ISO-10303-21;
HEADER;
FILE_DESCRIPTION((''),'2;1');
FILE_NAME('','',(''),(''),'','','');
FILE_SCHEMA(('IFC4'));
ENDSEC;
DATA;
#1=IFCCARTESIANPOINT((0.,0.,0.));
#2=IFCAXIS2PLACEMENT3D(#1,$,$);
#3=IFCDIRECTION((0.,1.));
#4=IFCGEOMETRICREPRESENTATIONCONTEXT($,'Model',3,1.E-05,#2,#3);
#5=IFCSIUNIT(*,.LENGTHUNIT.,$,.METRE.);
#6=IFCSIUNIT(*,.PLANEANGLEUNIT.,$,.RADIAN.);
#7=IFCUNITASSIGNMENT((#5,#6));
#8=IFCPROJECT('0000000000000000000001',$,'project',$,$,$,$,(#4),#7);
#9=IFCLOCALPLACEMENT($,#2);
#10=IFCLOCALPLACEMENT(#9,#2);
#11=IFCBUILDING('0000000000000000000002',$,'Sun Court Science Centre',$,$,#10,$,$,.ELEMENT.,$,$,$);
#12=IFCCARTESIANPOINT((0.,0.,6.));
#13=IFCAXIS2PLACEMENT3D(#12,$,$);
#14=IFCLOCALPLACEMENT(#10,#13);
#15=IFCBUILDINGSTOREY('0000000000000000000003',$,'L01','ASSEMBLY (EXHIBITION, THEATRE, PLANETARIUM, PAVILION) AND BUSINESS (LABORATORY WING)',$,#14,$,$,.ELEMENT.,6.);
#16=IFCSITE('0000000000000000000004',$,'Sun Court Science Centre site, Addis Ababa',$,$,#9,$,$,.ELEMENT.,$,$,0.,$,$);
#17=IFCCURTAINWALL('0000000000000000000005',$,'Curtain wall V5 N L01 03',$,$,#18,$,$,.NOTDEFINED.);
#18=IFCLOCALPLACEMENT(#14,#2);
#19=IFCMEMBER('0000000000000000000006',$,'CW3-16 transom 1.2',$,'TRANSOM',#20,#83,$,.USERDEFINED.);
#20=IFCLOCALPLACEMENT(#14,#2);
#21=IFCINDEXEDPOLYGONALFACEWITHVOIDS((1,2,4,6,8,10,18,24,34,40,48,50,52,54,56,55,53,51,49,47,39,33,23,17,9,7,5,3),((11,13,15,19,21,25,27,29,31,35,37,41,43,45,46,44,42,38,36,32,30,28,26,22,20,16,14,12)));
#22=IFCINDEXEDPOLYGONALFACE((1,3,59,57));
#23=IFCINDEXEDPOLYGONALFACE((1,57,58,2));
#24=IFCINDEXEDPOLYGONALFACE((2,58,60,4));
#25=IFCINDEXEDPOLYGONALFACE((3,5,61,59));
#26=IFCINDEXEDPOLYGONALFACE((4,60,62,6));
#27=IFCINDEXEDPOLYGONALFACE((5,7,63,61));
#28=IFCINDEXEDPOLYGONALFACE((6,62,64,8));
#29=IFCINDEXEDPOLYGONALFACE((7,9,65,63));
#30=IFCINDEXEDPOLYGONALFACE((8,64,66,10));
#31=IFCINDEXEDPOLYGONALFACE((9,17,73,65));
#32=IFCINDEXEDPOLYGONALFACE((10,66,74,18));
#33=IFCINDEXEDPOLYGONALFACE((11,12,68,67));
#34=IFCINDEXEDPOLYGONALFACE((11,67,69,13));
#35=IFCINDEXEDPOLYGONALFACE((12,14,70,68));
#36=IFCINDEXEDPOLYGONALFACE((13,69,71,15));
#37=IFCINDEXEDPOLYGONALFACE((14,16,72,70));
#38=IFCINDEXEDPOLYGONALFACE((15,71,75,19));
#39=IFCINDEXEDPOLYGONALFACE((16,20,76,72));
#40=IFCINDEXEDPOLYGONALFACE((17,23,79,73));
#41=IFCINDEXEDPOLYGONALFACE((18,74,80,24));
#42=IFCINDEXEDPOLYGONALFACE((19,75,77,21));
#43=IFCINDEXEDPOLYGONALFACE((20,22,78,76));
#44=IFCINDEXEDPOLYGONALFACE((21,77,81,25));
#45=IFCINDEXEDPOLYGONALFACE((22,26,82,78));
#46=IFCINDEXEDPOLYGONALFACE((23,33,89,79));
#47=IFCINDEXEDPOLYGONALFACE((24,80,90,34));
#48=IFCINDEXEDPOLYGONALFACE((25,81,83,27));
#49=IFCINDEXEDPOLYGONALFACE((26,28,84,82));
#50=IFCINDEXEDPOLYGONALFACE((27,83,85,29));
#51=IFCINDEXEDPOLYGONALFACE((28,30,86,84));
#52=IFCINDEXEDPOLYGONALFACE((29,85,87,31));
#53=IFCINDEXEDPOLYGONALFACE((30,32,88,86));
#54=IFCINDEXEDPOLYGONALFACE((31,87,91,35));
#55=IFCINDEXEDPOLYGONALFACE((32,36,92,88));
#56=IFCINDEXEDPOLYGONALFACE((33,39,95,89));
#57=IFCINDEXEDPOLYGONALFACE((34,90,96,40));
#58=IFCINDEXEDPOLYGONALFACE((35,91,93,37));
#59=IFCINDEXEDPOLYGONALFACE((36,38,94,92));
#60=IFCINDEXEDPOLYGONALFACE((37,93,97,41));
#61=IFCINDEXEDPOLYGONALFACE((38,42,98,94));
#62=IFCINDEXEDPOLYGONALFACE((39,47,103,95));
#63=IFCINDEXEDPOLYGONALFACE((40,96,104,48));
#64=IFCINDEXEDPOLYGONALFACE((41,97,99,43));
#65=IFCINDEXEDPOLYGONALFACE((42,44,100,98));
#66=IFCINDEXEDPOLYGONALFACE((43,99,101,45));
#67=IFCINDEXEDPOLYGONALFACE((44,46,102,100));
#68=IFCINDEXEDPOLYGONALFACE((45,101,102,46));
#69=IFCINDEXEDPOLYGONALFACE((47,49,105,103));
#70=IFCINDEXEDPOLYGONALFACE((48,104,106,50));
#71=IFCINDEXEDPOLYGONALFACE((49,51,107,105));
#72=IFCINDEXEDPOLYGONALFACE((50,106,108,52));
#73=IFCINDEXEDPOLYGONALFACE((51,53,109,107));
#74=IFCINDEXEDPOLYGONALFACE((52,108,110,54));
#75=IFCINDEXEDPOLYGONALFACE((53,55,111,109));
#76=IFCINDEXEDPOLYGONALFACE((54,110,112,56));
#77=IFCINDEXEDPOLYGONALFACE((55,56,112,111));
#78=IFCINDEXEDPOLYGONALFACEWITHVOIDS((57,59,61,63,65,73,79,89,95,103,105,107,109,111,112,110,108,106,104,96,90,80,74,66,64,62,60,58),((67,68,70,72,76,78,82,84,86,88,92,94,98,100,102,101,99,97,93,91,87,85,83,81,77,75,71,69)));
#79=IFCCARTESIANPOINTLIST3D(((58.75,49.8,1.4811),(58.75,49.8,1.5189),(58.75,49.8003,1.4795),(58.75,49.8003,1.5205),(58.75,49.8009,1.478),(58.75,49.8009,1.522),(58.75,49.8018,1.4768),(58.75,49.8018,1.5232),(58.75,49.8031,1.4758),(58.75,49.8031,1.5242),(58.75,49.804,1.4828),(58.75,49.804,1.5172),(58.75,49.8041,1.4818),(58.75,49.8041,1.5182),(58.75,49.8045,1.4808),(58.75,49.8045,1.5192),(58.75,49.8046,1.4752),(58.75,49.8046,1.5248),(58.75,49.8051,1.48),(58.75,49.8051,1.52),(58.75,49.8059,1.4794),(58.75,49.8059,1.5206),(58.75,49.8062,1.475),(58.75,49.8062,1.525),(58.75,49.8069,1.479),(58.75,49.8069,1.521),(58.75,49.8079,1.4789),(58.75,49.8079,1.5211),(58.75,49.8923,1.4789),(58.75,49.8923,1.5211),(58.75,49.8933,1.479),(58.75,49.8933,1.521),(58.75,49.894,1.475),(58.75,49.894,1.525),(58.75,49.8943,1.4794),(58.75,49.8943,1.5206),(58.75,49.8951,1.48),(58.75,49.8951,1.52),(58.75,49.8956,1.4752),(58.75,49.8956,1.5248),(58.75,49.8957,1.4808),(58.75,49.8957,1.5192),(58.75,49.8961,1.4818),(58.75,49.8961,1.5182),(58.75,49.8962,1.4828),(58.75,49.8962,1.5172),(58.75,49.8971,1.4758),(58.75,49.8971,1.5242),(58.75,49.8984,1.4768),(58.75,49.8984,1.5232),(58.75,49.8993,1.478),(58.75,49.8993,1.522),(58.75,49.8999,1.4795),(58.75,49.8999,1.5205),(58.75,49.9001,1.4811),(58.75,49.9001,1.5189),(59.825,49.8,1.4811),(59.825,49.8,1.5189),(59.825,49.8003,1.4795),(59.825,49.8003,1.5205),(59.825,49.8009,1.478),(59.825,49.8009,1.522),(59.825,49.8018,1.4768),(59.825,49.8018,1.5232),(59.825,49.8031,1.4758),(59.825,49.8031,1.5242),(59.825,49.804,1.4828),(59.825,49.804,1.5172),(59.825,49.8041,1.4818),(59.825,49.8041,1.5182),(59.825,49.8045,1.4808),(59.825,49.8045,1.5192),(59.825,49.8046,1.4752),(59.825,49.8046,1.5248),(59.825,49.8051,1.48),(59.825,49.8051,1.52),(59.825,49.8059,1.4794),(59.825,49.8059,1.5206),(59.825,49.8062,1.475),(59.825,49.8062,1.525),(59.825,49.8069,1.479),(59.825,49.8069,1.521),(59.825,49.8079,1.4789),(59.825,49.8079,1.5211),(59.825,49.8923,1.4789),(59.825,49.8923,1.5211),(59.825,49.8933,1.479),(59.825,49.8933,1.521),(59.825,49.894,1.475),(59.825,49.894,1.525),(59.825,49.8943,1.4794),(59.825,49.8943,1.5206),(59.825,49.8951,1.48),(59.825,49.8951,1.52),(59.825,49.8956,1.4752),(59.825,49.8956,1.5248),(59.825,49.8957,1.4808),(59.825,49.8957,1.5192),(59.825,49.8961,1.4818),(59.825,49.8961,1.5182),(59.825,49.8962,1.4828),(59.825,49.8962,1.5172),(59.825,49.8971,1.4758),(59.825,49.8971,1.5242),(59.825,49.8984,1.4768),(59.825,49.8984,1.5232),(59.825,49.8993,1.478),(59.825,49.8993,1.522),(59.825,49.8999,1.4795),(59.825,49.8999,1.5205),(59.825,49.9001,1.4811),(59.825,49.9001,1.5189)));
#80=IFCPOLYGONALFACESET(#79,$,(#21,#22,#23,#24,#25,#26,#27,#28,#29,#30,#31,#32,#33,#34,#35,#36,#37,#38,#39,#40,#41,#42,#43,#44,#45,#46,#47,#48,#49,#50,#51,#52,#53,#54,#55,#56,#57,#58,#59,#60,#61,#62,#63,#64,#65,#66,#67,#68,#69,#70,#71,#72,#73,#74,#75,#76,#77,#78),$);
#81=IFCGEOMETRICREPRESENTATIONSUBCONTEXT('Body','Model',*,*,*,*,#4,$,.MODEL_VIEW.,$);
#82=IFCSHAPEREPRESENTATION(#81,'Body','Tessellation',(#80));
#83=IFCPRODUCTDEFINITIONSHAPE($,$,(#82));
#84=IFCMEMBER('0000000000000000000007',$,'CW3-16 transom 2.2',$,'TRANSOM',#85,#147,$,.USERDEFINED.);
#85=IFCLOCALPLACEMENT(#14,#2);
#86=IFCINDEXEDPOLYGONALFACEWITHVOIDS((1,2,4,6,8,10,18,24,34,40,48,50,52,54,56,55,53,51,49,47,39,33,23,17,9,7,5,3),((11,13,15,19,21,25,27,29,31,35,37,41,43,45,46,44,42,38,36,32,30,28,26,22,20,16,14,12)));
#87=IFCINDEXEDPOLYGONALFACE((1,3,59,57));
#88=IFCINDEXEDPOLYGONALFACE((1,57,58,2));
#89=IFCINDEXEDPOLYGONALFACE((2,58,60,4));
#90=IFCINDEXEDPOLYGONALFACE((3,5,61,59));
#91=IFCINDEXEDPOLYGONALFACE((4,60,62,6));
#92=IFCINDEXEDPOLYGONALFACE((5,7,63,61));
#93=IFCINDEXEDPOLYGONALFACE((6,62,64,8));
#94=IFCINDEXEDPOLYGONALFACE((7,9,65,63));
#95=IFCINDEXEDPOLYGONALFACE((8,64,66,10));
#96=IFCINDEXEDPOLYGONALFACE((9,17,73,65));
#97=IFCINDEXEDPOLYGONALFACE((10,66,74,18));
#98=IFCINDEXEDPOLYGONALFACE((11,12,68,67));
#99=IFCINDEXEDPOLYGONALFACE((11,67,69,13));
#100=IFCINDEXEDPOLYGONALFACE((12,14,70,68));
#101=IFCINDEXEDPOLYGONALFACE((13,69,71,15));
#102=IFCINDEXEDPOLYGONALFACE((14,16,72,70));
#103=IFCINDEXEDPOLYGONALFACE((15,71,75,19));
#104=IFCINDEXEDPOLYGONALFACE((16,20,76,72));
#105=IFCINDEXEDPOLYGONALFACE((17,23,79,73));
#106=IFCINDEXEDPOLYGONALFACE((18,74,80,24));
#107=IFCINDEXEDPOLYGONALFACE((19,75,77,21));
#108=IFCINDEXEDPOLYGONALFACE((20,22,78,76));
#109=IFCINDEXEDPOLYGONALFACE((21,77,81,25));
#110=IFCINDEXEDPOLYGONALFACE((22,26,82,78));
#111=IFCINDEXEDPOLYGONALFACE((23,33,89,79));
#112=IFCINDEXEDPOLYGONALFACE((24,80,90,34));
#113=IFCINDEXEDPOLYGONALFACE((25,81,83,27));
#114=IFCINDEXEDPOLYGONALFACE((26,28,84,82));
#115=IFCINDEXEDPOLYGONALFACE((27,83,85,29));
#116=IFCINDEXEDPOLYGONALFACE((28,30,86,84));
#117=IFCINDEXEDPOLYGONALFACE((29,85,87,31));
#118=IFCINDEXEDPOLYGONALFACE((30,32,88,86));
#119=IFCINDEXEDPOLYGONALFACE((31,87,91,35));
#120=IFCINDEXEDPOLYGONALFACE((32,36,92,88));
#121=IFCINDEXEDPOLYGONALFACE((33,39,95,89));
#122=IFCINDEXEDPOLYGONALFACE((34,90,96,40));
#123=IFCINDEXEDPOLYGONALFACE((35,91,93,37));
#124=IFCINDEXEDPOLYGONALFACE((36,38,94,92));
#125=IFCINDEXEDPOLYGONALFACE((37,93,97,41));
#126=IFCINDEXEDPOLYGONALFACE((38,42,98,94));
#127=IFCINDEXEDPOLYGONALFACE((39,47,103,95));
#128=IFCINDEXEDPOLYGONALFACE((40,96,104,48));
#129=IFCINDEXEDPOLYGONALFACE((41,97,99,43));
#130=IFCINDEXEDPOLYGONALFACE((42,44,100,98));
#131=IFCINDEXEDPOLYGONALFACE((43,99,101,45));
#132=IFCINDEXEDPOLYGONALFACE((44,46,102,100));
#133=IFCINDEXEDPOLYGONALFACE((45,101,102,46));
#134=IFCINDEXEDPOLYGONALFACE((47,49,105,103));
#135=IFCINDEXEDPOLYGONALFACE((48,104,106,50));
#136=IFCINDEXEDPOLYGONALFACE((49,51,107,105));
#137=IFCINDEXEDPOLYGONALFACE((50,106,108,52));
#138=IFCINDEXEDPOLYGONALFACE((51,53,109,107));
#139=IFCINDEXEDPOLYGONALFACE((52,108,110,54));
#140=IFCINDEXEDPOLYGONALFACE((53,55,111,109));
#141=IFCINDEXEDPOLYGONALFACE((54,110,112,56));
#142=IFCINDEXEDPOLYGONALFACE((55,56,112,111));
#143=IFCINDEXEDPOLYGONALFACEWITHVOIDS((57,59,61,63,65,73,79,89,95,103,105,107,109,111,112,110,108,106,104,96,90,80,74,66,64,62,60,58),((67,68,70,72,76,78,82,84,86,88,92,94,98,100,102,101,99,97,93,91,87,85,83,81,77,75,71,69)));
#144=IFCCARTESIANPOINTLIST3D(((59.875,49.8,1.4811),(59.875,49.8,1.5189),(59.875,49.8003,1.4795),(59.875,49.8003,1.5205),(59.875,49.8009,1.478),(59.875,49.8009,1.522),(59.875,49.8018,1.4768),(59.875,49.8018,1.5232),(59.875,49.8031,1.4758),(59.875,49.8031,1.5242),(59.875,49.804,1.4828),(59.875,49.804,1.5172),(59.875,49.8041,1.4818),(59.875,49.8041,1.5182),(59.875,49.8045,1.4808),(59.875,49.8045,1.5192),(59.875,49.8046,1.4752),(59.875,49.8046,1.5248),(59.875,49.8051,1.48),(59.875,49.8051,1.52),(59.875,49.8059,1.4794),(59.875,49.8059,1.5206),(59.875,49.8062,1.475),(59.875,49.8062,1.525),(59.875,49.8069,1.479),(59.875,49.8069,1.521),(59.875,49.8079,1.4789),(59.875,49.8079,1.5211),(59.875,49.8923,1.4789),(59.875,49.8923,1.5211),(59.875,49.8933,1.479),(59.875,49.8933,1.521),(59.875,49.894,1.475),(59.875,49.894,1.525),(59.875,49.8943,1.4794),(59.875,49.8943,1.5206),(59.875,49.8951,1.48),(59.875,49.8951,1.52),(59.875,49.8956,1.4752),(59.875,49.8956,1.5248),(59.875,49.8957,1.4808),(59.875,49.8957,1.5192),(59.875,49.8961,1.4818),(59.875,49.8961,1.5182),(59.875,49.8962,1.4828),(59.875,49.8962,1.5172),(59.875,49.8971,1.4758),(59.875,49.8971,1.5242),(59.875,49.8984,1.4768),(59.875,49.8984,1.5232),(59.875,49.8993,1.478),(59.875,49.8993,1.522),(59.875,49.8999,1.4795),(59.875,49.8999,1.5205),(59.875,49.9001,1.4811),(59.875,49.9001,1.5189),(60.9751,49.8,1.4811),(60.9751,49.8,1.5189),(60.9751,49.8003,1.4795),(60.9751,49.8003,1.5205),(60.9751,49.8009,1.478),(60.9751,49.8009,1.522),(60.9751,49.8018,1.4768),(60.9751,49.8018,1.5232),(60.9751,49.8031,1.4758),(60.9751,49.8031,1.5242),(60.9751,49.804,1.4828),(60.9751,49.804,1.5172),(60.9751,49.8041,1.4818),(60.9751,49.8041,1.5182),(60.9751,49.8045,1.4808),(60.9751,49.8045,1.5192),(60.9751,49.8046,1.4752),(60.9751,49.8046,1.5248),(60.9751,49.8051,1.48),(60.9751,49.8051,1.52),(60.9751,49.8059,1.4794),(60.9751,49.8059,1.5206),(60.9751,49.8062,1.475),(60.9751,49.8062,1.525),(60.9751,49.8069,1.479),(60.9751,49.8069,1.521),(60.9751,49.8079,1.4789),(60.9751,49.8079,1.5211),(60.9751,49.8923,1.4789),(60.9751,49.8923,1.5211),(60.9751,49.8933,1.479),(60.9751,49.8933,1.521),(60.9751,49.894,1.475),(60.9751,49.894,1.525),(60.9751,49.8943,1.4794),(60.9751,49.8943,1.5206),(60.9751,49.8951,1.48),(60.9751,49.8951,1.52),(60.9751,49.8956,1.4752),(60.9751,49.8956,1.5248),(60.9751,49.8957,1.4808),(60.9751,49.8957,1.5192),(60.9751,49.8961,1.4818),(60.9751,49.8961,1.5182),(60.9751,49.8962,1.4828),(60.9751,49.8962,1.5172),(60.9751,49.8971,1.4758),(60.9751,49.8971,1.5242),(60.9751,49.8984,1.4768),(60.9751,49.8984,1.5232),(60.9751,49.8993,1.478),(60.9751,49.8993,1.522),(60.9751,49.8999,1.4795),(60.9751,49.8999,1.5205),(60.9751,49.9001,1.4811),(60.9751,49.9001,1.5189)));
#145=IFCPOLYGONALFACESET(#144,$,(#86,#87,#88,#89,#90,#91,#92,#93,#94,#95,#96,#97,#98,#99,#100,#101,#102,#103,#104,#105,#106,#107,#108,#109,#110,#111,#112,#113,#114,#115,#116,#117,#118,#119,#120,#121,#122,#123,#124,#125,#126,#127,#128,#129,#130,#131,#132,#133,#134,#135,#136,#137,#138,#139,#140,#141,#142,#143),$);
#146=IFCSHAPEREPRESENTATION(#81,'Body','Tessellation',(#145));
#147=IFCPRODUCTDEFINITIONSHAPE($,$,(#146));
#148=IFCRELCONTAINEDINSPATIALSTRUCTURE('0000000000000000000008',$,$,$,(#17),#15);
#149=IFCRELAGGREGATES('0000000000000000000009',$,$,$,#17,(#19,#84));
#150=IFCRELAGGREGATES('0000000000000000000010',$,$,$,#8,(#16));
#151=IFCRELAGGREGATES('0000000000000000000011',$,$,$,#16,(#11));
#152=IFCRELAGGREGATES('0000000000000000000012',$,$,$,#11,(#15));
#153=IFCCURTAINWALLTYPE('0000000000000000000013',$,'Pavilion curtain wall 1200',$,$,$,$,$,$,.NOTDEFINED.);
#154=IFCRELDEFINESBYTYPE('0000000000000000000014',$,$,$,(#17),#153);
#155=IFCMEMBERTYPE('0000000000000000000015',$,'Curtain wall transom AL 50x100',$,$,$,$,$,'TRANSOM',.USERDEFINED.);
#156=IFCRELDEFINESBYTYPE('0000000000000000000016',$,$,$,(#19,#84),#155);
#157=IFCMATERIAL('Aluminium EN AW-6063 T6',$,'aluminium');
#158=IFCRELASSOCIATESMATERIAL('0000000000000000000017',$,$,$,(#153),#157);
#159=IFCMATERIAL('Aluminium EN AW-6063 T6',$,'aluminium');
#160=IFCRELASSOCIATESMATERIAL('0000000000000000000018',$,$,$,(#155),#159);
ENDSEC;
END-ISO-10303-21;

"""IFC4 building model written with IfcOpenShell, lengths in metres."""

from ifc_helpers import new_model, si_unit, direction, frame, origin, origin_2d, place, context, subcontext, project, spatial, hollow_rectangle, extrude, material, material_profile, profile_set, type_object, element, aggregate, save


model = new_model("IFC4")

# Units and contexts
model_context = context("Model", 3, precision=1e-05, world=origin(), true_north=direction((0.0, 1.0)))
body_context = subcontext(model_context, "Body", "Model", "MODEL_VIEW")
ifc_project = project(units=[si_unit("LENGTHUNIT", "METRE"), si_unit("PLANEANGLEUNIT", "RADIAN")], contexts=[model_context])

# Site, building, storey
site_placement = place(None, origin())
site = spatial("IfcSite", under=ifc_project, at=site_placement, Name="Sun Court Science Centre site, Addis Ababa", CompositionType="ELEMENT", RefElevation=0.0)
building_placement = place(site_placement, origin())
building = spatial("IfcBuilding", under=site, at=building_placement, Name="Sun Court Science Centre", CompositionType="ELEMENT")
storey_placement = place(building_placement, frame((0.0, 0.0, 6.0)))
storey = spatial("IfcBuildingStorey", under=building, at=storey_placement, Name="L01", Description="ASSEMBLY (EXHIBITION, THEATRE, PLANETARIUM, PAVILION) AND BUSINESS (LABORATORY WING)", CompositionType="ELEMENT", Elevation=6.0)

# Curtain wall
ifc_material_1 = material(Name="Aluminium EN AW-6063 T6", Category="aluminium")
curtain_wall_type = type_object("IfcCurtainWallType", Name="Pavilion curtain wall 1200", PredefinedType="NOTDEFINED", material=ifc_material_1)
curtain_wall_1_placement = place(storey_placement, origin())
curtain_wall_1 = element("IfcCurtainWall", 1, at=curtain_wall_1_placement, inside=storey, type_object=curtain_wall_type, Name="Curtain wall V5 N L01 03", PredefinedType="NOTDEFINED")

# Members
ifc_material_2 = material(Name="Aluminium EN AW-6063 T6", Category="aluminium")
ifc_material_profile_1 = material_profile(ifc_material_2, hollow_rectangle(XDim=0.05, YDim=0.1001, WallThickness=0.0039, InnerFilletRadius=0.0039, OuterFilletRadius=0.0061, at=origin_2d()), Name="AL 50x100x4")
ifc_profile_set_1 = profile_set([ifc_material_profile_1], Name="Aluminium EN AW-6063 T6")
member_type_1 = type_object("IfcMemberType", Name="Curtain wall transom AL 50x100", ElementType="TRANSOM", PredefinedType="USERDEFINED", material=ifc_profile_set_1)
member_1_placement = place(storey_placement, frame((58.75, 49.8501, 1.5), z_axis=(1.0, 0.0, 0.0), x_axis=(0.0, 0.0, 1.0)))
member_1 = element("IfcMember", 2, at=member_1_placement, type_object=member_type_1, Name="CW3-16 transom 1.2", ObjectType="TRANSOM", PredefinedType="USERDEFINED", context=body_context, shape_type="SweptSolid", body=[
    extrude(hollow_rectangle(XDim=0.05, YDim=0.1001, WallThickness=0.0039, InnerFilletRadius=0.0039, OuterFilletRadius=0.0061, at=origin_2d()), origin(), (0.0, 0.0, 1.0), 1.075),
])
member_2_placement = place(storey_placement, frame((59.875, 49.8501, 1.5), z_axis=(1.0, 0.0, 0.0), x_axis=(0.0, 0.0, 1.0)))
member_2 = element("IfcMember", 3, at=member_2_placement, type_object=member_type_1, Name="CW3-16 transom 2.2", ObjectType="TRANSOM", PredefinedType="USERDEFINED", context=body_context, shape_type="SweptSolid", body=[
    extrude(hollow_rectangle(XDim=0.05, YDim=0.1001, WallThickness=0.0039, InnerFilletRadius=0.0039, OuterFilletRadius=0.0061, at=origin_2d()), origin(), (0.0, 0.0, 1.0), 1.1001),
])

aggregate(curtain_wall_1, [member_1, member_2])

save(model, "model.ifc")
